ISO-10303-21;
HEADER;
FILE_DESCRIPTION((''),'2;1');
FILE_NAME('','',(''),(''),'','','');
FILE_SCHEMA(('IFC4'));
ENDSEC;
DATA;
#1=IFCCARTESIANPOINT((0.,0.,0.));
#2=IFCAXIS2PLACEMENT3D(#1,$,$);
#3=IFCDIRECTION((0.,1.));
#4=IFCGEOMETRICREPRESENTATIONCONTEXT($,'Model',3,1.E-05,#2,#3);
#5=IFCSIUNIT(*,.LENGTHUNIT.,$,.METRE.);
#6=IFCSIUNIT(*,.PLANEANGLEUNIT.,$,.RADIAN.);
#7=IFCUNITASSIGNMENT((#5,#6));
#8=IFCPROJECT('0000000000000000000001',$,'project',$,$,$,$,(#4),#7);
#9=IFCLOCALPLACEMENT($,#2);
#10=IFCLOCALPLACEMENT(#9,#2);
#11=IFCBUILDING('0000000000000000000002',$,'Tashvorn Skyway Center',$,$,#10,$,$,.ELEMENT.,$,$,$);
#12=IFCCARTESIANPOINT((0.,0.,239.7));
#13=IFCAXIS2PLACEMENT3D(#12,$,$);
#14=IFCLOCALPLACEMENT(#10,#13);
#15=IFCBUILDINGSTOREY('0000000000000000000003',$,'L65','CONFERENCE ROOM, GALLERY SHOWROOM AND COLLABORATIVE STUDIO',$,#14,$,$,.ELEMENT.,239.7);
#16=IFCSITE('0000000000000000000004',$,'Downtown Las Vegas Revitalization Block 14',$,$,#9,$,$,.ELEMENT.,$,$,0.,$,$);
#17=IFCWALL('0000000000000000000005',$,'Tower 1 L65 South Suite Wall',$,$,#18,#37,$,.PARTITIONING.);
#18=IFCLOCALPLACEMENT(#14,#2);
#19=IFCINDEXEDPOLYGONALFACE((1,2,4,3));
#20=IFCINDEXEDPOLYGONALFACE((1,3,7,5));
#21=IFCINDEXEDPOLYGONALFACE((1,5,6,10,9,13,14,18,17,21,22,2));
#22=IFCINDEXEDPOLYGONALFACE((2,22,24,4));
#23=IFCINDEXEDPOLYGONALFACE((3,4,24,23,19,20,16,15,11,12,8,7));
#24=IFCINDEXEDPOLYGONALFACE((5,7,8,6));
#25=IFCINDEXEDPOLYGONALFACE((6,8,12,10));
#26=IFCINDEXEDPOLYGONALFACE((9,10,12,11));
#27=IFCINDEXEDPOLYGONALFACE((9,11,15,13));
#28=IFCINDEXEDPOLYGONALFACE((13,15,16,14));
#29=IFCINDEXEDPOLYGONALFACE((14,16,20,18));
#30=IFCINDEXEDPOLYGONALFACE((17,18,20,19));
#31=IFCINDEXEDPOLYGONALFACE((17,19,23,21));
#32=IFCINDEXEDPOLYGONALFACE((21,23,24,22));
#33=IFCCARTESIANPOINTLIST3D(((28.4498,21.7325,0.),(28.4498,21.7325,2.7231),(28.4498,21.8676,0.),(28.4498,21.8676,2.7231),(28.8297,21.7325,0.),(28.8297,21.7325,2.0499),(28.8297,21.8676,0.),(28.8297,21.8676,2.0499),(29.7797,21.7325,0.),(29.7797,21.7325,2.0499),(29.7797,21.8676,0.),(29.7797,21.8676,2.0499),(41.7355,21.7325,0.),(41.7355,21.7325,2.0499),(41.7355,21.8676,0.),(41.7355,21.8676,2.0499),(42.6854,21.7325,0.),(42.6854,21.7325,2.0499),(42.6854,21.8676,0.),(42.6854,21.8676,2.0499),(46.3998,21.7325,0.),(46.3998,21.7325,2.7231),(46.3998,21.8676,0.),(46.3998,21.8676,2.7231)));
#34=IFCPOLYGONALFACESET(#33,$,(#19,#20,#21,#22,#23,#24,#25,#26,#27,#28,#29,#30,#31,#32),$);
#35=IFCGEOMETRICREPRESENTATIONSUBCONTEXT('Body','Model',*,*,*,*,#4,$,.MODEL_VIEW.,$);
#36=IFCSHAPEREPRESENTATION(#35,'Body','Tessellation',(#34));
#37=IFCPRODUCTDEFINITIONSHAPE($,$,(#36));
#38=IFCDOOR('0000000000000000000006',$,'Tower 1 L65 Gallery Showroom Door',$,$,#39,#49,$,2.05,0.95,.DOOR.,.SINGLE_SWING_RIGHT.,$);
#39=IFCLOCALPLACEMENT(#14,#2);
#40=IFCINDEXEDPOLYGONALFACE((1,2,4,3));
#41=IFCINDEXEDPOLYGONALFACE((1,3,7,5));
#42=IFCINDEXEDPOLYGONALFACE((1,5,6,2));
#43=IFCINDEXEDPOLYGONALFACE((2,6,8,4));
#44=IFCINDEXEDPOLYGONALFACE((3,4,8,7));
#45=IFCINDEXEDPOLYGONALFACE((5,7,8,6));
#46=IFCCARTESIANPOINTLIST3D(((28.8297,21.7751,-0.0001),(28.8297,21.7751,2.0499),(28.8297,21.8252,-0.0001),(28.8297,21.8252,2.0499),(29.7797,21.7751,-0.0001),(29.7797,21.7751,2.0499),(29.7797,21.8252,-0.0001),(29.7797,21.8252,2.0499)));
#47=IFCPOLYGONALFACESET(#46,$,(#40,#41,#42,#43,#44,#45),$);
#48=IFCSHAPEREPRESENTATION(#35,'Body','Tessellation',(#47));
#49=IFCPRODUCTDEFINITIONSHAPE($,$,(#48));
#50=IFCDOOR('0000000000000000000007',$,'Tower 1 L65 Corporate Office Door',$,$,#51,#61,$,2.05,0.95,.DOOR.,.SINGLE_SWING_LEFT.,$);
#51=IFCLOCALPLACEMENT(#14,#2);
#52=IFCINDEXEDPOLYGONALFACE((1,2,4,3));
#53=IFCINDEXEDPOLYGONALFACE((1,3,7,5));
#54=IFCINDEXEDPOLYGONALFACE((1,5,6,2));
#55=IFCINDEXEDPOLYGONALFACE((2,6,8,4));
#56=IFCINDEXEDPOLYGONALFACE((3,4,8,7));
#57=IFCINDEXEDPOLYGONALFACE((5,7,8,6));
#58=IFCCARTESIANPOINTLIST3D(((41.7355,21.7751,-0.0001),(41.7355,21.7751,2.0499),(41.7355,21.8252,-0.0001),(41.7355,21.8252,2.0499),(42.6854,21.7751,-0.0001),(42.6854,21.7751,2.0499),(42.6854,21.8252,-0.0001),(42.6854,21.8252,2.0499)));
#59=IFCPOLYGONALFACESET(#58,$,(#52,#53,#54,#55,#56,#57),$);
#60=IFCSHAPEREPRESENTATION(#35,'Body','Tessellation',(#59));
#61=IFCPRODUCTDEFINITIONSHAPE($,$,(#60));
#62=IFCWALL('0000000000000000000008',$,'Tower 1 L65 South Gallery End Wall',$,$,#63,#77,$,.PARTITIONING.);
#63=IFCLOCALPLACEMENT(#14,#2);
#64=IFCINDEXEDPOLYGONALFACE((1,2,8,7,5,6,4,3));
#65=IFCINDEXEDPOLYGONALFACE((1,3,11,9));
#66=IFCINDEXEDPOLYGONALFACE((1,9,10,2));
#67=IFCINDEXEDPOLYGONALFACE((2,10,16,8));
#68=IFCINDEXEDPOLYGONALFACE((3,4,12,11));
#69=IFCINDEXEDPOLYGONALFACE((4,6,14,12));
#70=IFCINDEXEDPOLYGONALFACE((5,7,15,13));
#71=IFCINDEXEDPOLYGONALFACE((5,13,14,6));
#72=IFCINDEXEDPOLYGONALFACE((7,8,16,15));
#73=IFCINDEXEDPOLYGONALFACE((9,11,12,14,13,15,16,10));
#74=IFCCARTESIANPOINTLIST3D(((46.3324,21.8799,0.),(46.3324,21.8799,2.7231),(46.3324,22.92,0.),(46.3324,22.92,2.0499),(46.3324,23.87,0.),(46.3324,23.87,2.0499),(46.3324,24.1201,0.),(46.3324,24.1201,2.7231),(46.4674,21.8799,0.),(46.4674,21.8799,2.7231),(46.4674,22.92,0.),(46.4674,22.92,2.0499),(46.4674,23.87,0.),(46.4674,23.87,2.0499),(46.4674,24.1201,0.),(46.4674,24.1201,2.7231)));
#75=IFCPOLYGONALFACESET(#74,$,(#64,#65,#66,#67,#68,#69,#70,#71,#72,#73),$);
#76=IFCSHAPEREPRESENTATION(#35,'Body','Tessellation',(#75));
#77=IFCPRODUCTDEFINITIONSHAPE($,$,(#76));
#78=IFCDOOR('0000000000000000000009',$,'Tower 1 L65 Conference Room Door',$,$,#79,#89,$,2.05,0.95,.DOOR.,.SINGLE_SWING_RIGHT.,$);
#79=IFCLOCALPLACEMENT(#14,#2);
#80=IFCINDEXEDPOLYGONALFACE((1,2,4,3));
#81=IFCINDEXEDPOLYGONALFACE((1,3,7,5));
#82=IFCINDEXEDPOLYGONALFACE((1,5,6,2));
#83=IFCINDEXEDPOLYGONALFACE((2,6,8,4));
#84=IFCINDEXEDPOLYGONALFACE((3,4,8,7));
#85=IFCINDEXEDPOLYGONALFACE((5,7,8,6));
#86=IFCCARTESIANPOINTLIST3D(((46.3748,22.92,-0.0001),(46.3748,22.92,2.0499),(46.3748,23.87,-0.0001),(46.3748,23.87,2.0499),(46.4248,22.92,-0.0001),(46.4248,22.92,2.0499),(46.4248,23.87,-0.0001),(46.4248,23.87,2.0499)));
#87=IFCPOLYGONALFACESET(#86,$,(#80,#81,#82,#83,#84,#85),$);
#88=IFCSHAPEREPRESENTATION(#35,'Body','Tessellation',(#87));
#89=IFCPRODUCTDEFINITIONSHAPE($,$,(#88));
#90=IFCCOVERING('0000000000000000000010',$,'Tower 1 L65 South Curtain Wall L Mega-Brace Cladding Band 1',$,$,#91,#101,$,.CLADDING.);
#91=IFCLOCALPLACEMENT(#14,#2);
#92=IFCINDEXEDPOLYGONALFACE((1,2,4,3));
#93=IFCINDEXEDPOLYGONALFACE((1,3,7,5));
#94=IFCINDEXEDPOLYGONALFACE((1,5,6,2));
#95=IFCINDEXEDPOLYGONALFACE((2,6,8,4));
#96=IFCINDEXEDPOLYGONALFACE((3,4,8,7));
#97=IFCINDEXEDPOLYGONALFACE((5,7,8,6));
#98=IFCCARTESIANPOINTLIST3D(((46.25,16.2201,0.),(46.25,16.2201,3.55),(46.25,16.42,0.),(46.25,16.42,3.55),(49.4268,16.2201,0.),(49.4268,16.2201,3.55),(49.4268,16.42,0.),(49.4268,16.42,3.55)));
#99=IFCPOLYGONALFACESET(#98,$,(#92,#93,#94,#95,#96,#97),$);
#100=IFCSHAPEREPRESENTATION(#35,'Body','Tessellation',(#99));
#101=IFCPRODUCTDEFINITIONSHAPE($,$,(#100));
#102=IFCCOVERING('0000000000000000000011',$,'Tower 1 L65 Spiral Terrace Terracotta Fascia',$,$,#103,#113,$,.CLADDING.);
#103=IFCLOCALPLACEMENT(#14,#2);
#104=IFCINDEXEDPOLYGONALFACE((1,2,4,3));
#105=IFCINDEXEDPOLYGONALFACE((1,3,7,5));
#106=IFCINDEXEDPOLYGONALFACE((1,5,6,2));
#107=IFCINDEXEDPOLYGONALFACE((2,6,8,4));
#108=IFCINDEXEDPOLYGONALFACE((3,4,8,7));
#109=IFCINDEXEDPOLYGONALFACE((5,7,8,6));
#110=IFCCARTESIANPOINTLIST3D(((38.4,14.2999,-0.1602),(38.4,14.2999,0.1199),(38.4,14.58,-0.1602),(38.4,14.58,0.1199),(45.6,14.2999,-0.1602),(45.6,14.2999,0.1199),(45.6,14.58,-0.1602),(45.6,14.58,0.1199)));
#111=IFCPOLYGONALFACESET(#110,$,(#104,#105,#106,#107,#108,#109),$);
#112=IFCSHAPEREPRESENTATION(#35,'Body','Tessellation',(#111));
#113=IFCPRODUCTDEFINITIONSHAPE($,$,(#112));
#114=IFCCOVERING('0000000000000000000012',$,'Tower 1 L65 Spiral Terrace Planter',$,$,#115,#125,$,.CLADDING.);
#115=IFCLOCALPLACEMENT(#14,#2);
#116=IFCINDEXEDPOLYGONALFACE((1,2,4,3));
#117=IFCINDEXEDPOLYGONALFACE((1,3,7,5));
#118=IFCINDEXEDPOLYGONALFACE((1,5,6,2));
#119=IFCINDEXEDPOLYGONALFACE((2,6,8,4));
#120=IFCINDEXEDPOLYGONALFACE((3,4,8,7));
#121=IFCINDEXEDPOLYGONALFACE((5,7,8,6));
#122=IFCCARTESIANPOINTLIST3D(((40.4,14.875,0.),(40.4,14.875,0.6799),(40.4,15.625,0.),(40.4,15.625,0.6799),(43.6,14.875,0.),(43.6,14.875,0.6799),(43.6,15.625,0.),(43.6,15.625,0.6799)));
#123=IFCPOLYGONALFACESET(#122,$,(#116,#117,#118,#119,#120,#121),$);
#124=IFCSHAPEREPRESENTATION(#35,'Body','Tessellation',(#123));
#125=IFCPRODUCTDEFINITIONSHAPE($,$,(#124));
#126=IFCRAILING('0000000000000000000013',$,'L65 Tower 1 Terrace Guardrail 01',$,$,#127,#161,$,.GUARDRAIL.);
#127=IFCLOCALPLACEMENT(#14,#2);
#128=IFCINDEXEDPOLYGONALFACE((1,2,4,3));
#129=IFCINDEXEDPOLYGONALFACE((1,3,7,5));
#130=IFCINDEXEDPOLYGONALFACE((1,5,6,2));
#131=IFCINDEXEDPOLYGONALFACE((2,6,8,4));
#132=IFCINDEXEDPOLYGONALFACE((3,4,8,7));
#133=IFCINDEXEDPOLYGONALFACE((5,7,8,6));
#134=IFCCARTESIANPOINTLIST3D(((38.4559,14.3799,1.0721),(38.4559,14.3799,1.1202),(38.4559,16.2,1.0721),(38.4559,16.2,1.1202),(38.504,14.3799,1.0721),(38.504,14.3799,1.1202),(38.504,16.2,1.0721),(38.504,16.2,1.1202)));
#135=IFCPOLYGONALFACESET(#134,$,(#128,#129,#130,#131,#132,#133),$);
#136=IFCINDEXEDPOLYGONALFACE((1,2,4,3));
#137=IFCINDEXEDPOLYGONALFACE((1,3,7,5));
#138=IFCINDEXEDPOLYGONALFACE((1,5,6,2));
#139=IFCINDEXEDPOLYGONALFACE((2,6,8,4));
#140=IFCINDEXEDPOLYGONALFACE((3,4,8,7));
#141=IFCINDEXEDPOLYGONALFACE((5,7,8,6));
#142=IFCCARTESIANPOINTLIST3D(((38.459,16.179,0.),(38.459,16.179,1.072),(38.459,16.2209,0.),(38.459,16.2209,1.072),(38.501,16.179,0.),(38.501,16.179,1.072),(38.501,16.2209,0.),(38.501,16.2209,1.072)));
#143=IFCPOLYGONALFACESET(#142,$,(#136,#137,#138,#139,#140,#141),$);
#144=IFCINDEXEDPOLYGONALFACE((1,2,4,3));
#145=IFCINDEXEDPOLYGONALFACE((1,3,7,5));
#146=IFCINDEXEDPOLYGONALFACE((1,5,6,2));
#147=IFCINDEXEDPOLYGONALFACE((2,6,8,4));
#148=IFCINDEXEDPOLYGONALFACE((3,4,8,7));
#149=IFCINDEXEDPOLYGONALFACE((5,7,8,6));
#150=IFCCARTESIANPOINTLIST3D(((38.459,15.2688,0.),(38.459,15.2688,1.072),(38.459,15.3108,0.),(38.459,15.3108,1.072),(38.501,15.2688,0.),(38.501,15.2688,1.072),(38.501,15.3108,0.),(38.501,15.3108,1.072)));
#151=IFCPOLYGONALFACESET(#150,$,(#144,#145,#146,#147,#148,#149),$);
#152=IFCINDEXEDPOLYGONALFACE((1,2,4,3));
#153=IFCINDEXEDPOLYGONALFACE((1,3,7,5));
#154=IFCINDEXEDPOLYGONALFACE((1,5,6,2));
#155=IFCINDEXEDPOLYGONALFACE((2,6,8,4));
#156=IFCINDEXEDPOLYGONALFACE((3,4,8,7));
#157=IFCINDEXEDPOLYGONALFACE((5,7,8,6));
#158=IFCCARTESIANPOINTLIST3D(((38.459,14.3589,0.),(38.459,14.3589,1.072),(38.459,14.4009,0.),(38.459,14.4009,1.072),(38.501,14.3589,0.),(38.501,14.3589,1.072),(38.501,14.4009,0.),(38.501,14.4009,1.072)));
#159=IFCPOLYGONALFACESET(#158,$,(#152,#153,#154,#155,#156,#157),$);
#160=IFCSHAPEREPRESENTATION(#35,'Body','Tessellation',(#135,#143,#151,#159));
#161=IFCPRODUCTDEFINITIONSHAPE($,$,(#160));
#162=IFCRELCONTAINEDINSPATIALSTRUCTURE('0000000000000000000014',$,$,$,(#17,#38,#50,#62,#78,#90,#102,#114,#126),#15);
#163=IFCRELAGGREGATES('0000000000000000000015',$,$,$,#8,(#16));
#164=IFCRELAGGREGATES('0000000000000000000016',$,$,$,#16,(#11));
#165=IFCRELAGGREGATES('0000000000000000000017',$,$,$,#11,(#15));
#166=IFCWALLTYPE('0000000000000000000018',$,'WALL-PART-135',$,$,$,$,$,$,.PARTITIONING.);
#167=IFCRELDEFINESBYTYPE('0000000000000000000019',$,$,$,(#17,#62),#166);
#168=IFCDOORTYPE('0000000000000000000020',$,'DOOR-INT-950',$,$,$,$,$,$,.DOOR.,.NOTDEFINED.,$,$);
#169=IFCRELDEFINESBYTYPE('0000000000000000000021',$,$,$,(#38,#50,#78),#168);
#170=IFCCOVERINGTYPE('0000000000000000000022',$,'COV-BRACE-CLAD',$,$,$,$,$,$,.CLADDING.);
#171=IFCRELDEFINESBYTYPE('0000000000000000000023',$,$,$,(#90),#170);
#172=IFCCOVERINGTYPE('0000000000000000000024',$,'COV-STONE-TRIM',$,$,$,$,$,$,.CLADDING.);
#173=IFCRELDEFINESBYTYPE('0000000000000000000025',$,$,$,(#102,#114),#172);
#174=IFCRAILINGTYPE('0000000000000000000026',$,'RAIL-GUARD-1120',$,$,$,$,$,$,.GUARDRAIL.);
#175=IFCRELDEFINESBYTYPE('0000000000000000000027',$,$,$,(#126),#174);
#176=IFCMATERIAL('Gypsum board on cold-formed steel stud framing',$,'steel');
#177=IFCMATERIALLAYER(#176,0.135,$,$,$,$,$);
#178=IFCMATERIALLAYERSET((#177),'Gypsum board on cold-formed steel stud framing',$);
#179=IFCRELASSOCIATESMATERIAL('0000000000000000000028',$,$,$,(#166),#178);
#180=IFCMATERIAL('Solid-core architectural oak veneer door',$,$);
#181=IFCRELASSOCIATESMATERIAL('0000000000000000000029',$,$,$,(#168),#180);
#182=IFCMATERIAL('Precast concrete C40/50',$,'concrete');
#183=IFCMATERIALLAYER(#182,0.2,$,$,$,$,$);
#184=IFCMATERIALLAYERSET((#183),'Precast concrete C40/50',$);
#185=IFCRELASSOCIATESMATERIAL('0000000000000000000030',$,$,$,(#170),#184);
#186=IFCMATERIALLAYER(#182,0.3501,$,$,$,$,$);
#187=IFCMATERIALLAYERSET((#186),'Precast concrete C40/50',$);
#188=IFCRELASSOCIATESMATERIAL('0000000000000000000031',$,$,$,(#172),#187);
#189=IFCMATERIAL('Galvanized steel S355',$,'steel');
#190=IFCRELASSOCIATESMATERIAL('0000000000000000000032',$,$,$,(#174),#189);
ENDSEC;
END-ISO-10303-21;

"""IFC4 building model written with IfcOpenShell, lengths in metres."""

from ifc_helpers import new_model, si_unit, direction, frame, frame_2d, origin, origin_2d, place, context, subcontext, project, spatial, rectangle, extrude, material, layer, layer_set, type_object, element, fill, save


model = new_model("IFC4")

# Units and contexts
model_context = context("Model", 3, precision=1e-05, world=origin(), true_north=direction((0.0, 1.0)))
body_context = subcontext(model_context, "Body", "Model", "MODEL_VIEW")
ifc_project = project(units=[si_unit("LENGTHUNIT", "METRE"), si_unit("PLANEANGLEUNIT", "RADIAN")], contexts=[model_context])

# Site, building, storey
site_placement = place(None, origin())
site = spatial("IfcSite", under=ifc_project, at=site_placement, Name="Downtown Las Vegas Revitalization Block 14", CompositionType="ELEMENT", RefElevation=0.0)
building_placement = place(site_placement, origin())
building = spatial("IfcBuilding", under=site, at=building_placement, Name="Tashvorn Skyway Center", CompositionType="ELEMENT")
storey_placement = place(building_placement, frame((0.0, 0.0, 239.7)))
storey = spatial("IfcBuildingStorey", under=building, at=storey_placement, Name="L65", Description="CONFERENCE ROOM, GALLERY SHOWROOM AND COLLABORATIVE STUDIO", CompositionType="ELEMENT", Elevation=239.7)

# Shared definitions
ifc_material_1 = material(Name="Precast concrete C40/50", Category="concrete")

# Shared definitions
ifc_material_2 = material(Name="Gypsum board on cold-formed steel stud framing", Category="steel")

# Wall, openings, doors
ifc_layer_1 = layer(ifc_material_2, 0.135)
ifc_layer_set_1 = layer_set([ifc_layer_1], Name="Gypsum board on cold-formed steel stud framing")
wall_type_1 = type_object("IfcWallType", Name="WALL-PART-135", PredefinedType="PARTITIONING", material=ifc_layer_set_1)
wall_1_placement = place(storey_placement, frame((46.3999, 21.8, 0.0), z_axis=(0.0, 0.0, 1.0), x_axis=(-1.0, 0.0, 0.0)))
wall_1 = element("IfcWall", 1, at=wall_1_placement, inside=storey, type_object=wall_type_1, Name="Tower 1 L65 South Suite Wall", PredefinedType="PARTITIONING", context=body_context, shape_type="SweptSolid", body=[
    extrude(rectangle(XDim=17.95, YDim=0.135, at=frame_2d((8.9751, 0.0))), origin(), (0.0, 0.0, 1.0), 2.7231),
])
opening_1_placement = place(wall_1_placement, frame((16.6201, 0.0, 0.0)))
opening_1 = element("IfcOpeningElement", 2, at=opening_1_placement, cuts=wall_1, PredefinedType="OPENING", context=body_context, shape_type="SweptSolid", body=[
    extrude(rectangle(XDim=0.95, YDim=2.05, at=frame_2d((0.4751, 1.0249))), frame((0.0, 0.0774, 0.0), z_axis=(0.0, -1.0, 0.0), x_axis=(1.0, 0.0, 0.0)), (0.0, 0.0, 1.0), 0.155),
])
opening_2_placement = place(wall_1_placement, frame((3.7144, 0.0, 0.0)))
opening_2 = element("IfcOpeningElement", 3, at=opening_2_placement, cuts=wall_1, PredefinedType="OPENING", context=body_context, shape_type="SweptSolid", body=[
    extrude(rectangle(XDim=0.95, YDim=2.05, at=frame_2d((0.4751, 1.0249))), frame((0.0, 0.0774, 0.0), z_axis=(0.0, -1.0, 0.0), x_axis=(1.0, 0.0, 0.0)), (0.0, 0.0, 1.0), 0.155),
])
ifc_material_3 = material(Name="Solid-core architectural oak veneer door")
door_type_1 = type_object("IfcDoorType", Name="DOOR-INT-950", OperationType="NOTDEFINED", PredefinedType="DOOR", material=ifc_material_3)
door_1_placement = place(opening_1_placement, origin())
door_1 = element("IfcDoor", 4, at=door_1_placement, inside=storey, type_object=door_type_1, Name="Tower 1 L65 Gallery Showroom Door", OperationType="SINGLE_SWING_RIGHT", OverallHeight=2.05, OverallWidth=0.95, PredefinedType="DOOR", context=body_context, shape_type="SweptSolid", body=[
    extrude(rectangle(XDim=0.95, YDim=2.05, at=frame_2d((0.4751, 1.0249))), frame((0.0, 0.0249, 0.0), z_axis=(0.0, -1.0, 0.0), x_axis=(1.0, 0.0, 0.0)), (0.0, 0.0, 1.0), 0.05),
])
fill(opening_1, door_1)
door_2_placement = place(opening_2_placement, origin())
door_2 = element("IfcDoor", 5, at=door_2_placement, inside=storey, type_object=door_type_1, Name="Tower 1 L65 Corporate Office Door", OperationType="SINGLE_SWING_LEFT", OverallHeight=2.05, OverallWidth=0.95, PredefinedType="DOOR", context=body_context, shape_type="SweptSolid", body=[
    extrude(rectangle(XDim=0.95, YDim=2.05, at=frame_2d((0.4751, 1.0249))), frame((0.0, 0.0249, 0.0), z_axis=(0.0, -1.0, 0.0), x_axis=(1.0, 0.0, 0.0)), (0.0, 0.0, 1.0), 0.05),
])
fill(opening_2, door_2)

# Wall, opening, door
wall_2_placement = place(storey_placement, frame((46.3999, 24.1201, 0.0), z_axis=(0.0, 0.0, 1.0), x_axis=(0.0, -1.0, 0.0)))
wall_2 = element("IfcWall", 6, at=wall_2_placement, inside=storey, type_object=wall_type_1, Name="Tower 1 L65 South Gallery End Wall", PredefinedType="PARTITIONING", context=body_context, shape_type="SweptSolid", body=[
    extrude(rectangle(XDim=2.2402, YDim=0.135, at=frame_2d((1.1201, 0.0))), origin(), (0.0, 0.0, 1.0), 2.7231),
])
opening_3_placement = place(wall_2_placement, frame((0.25, 0.0, 0.0)))
opening_3 = element("IfcOpeningElement", 7, at=opening_3_placement, cuts=wall_2, PredefinedType="OPENING", context=body_context, shape_type="SweptSolid", body=[
    extrude(rectangle(XDim=0.95, YDim=2.05, at=frame_2d((0.4751, 1.0249))), frame((0.0, 0.0774, 0.0), z_axis=(0.0, -1.0, 0.0), x_axis=(1.0, 0.0, 0.0)), (0.0, 0.0, 1.0), 0.155),
])
door_3_placement = place(opening_3_placement, origin())
door_3 = element("IfcDoor", 8, at=door_3_placement, inside=storey, type_object=door_type_1, Name="Tower 1 L65 Conference Room Door", OperationType="SINGLE_SWING_RIGHT", OverallHeight=2.05, OverallWidth=0.95, PredefinedType="DOOR", context=body_context, shape_type="SweptSolid", body=[
    extrude(rectangle(XDim=0.95, YDim=2.05, at=frame_2d((0.4751, 1.0249))), frame((0.0, 0.0249, 0.0), z_axis=(0.0, -1.0, 0.0), x_axis=(1.0, 0.0, 0.0)), (0.0, 0.0, 1.0), 0.05),
])
fill(opening_3, door_3)

# Coverings
ifc_layer_2 = layer(ifc_material_1, 0.2)
ifc_layer_set_2 = layer_set([ifc_layer_2], Name="Precast concrete C40/50")
covering_type_1 = type_object("IfcCoveringType", Name="COV-BRACE-CLAD", PredefinedType="CLADDING", material=ifc_layer_set_2)
covering_1_placement = place(storey_placement, frame((47.8384, 16.3201, 0.0), z_axis=(0.0, 0.0, 1.0), x_axis=(-1.0, 0.0, 0.0)))
element("IfcCovering", 9, at=covering_1_placement, inside=storey, type_object=covering_type_1, Name="Tower 1 L65 South Curtain Wall L Mega-Brace Cladding Band 1", PredefinedType="CLADDING", context=body_context, shape_type="SweptSolid", body=[
    extrude(rectangle(XDim=3.1768, YDim=0.2, at=origin_2d()), origin(), (0.0, 0.0, 1.0), 3.55),
])
ifc_layer_3 = layer(ifc_material_1, 0.3501)
ifc_layer_set_3 = layer_set([ifc_layer_3], Name="Precast concrete C40/50")
covering_type_2 = type_object("IfcCoveringType", Name="COV-STONE-TRIM", PredefinedType="CLADDING", material=ifc_layer_set_3)
covering_2_placement = place(storey_placement, frame((42.0, 14.4399, -0.1602), z_axis=(0.0, 0.0, 1.0), x_axis=(-1.0, 0.0, 0.0)))
element("IfcCovering", 10, at=covering_2_placement, inside=storey, type_object=covering_type_2, Name="Tower 1 L65 Spiral Terrace Terracotta Fascia", PredefinedType="CLADDING", context=body_context, shape_type="SweptSolid", body=[
    extrude(rectangle(XDim=7.2, YDim=0.28, at=origin_2d()), origin(), (0.0, 0.0, 1.0), 0.28),
])
covering_3_placement = place(storey_placement, frame((42.0, 15.25, 0.0), z_axis=(0.0, 0.0, 1.0), x_axis=(-1.0, 0.0, 0.0)))
element("IfcCovering", 11, at=covering_3_placement, inside=storey, type_object=covering_type_2, Name="Tower 1 L65 Spiral Terrace Planter", PredefinedType="CLADDING", context=body_context, shape_type="SweptSolid", body=[
    extrude(rectangle(XDim=3.2, YDim=0.75, at=origin_2d()), origin(), (0.0, 0.0, 1.0), 0.6799),
])

# Railing
ifc_material_4 = material(Name="Galvanized steel S355", Category="steel")
railing_type = type_object("IfcRailingType", Name="RAIL-GUARD-1120", PredefinedType="GUARDRAIL", material=ifc_material_4)
railing_1_placement = place(storey_placement, frame((38.48, 16.2, 0.0)))
element("IfcRailing", 12, at=railing_1_placement, inside=storey, type_object=railing_type, Name="L65 Tower 1 Terrace Guardrail 01", PredefinedType="GUARDRAIL", context=body_context, shape_type="SweptSolid", body=[
    extrude(rectangle(XDim=0.0481, YDim=0.0481, at=origin_2d()), frame((0.0, 0.0, 1.0962), z_axis=(0.0, -1.0, 0.0), x_axis=(1.0, 0.0, 0.0)), (0.0, 0.0, 1.0), 1.8201),
    extrude(rectangle(XDim=0.042, YDim=0.042, at=origin_2d()), origin(), (0.0, 0.0, 1.0), 1.072),
    extrude(rectangle(XDim=0.042, YDim=0.042, at=origin_2d()), frame((0.0, -0.9102, 0.0)), (0.0, 0.0, 1.0), 1.072),
    extrude(rectangle(XDim=0.042, YDim=0.042, at=origin_2d()), frame((0.0, -1.8201, 0.0)), (0.0, 0.0, 1.0), 1.072),
])

save(model, "model.ifc")
